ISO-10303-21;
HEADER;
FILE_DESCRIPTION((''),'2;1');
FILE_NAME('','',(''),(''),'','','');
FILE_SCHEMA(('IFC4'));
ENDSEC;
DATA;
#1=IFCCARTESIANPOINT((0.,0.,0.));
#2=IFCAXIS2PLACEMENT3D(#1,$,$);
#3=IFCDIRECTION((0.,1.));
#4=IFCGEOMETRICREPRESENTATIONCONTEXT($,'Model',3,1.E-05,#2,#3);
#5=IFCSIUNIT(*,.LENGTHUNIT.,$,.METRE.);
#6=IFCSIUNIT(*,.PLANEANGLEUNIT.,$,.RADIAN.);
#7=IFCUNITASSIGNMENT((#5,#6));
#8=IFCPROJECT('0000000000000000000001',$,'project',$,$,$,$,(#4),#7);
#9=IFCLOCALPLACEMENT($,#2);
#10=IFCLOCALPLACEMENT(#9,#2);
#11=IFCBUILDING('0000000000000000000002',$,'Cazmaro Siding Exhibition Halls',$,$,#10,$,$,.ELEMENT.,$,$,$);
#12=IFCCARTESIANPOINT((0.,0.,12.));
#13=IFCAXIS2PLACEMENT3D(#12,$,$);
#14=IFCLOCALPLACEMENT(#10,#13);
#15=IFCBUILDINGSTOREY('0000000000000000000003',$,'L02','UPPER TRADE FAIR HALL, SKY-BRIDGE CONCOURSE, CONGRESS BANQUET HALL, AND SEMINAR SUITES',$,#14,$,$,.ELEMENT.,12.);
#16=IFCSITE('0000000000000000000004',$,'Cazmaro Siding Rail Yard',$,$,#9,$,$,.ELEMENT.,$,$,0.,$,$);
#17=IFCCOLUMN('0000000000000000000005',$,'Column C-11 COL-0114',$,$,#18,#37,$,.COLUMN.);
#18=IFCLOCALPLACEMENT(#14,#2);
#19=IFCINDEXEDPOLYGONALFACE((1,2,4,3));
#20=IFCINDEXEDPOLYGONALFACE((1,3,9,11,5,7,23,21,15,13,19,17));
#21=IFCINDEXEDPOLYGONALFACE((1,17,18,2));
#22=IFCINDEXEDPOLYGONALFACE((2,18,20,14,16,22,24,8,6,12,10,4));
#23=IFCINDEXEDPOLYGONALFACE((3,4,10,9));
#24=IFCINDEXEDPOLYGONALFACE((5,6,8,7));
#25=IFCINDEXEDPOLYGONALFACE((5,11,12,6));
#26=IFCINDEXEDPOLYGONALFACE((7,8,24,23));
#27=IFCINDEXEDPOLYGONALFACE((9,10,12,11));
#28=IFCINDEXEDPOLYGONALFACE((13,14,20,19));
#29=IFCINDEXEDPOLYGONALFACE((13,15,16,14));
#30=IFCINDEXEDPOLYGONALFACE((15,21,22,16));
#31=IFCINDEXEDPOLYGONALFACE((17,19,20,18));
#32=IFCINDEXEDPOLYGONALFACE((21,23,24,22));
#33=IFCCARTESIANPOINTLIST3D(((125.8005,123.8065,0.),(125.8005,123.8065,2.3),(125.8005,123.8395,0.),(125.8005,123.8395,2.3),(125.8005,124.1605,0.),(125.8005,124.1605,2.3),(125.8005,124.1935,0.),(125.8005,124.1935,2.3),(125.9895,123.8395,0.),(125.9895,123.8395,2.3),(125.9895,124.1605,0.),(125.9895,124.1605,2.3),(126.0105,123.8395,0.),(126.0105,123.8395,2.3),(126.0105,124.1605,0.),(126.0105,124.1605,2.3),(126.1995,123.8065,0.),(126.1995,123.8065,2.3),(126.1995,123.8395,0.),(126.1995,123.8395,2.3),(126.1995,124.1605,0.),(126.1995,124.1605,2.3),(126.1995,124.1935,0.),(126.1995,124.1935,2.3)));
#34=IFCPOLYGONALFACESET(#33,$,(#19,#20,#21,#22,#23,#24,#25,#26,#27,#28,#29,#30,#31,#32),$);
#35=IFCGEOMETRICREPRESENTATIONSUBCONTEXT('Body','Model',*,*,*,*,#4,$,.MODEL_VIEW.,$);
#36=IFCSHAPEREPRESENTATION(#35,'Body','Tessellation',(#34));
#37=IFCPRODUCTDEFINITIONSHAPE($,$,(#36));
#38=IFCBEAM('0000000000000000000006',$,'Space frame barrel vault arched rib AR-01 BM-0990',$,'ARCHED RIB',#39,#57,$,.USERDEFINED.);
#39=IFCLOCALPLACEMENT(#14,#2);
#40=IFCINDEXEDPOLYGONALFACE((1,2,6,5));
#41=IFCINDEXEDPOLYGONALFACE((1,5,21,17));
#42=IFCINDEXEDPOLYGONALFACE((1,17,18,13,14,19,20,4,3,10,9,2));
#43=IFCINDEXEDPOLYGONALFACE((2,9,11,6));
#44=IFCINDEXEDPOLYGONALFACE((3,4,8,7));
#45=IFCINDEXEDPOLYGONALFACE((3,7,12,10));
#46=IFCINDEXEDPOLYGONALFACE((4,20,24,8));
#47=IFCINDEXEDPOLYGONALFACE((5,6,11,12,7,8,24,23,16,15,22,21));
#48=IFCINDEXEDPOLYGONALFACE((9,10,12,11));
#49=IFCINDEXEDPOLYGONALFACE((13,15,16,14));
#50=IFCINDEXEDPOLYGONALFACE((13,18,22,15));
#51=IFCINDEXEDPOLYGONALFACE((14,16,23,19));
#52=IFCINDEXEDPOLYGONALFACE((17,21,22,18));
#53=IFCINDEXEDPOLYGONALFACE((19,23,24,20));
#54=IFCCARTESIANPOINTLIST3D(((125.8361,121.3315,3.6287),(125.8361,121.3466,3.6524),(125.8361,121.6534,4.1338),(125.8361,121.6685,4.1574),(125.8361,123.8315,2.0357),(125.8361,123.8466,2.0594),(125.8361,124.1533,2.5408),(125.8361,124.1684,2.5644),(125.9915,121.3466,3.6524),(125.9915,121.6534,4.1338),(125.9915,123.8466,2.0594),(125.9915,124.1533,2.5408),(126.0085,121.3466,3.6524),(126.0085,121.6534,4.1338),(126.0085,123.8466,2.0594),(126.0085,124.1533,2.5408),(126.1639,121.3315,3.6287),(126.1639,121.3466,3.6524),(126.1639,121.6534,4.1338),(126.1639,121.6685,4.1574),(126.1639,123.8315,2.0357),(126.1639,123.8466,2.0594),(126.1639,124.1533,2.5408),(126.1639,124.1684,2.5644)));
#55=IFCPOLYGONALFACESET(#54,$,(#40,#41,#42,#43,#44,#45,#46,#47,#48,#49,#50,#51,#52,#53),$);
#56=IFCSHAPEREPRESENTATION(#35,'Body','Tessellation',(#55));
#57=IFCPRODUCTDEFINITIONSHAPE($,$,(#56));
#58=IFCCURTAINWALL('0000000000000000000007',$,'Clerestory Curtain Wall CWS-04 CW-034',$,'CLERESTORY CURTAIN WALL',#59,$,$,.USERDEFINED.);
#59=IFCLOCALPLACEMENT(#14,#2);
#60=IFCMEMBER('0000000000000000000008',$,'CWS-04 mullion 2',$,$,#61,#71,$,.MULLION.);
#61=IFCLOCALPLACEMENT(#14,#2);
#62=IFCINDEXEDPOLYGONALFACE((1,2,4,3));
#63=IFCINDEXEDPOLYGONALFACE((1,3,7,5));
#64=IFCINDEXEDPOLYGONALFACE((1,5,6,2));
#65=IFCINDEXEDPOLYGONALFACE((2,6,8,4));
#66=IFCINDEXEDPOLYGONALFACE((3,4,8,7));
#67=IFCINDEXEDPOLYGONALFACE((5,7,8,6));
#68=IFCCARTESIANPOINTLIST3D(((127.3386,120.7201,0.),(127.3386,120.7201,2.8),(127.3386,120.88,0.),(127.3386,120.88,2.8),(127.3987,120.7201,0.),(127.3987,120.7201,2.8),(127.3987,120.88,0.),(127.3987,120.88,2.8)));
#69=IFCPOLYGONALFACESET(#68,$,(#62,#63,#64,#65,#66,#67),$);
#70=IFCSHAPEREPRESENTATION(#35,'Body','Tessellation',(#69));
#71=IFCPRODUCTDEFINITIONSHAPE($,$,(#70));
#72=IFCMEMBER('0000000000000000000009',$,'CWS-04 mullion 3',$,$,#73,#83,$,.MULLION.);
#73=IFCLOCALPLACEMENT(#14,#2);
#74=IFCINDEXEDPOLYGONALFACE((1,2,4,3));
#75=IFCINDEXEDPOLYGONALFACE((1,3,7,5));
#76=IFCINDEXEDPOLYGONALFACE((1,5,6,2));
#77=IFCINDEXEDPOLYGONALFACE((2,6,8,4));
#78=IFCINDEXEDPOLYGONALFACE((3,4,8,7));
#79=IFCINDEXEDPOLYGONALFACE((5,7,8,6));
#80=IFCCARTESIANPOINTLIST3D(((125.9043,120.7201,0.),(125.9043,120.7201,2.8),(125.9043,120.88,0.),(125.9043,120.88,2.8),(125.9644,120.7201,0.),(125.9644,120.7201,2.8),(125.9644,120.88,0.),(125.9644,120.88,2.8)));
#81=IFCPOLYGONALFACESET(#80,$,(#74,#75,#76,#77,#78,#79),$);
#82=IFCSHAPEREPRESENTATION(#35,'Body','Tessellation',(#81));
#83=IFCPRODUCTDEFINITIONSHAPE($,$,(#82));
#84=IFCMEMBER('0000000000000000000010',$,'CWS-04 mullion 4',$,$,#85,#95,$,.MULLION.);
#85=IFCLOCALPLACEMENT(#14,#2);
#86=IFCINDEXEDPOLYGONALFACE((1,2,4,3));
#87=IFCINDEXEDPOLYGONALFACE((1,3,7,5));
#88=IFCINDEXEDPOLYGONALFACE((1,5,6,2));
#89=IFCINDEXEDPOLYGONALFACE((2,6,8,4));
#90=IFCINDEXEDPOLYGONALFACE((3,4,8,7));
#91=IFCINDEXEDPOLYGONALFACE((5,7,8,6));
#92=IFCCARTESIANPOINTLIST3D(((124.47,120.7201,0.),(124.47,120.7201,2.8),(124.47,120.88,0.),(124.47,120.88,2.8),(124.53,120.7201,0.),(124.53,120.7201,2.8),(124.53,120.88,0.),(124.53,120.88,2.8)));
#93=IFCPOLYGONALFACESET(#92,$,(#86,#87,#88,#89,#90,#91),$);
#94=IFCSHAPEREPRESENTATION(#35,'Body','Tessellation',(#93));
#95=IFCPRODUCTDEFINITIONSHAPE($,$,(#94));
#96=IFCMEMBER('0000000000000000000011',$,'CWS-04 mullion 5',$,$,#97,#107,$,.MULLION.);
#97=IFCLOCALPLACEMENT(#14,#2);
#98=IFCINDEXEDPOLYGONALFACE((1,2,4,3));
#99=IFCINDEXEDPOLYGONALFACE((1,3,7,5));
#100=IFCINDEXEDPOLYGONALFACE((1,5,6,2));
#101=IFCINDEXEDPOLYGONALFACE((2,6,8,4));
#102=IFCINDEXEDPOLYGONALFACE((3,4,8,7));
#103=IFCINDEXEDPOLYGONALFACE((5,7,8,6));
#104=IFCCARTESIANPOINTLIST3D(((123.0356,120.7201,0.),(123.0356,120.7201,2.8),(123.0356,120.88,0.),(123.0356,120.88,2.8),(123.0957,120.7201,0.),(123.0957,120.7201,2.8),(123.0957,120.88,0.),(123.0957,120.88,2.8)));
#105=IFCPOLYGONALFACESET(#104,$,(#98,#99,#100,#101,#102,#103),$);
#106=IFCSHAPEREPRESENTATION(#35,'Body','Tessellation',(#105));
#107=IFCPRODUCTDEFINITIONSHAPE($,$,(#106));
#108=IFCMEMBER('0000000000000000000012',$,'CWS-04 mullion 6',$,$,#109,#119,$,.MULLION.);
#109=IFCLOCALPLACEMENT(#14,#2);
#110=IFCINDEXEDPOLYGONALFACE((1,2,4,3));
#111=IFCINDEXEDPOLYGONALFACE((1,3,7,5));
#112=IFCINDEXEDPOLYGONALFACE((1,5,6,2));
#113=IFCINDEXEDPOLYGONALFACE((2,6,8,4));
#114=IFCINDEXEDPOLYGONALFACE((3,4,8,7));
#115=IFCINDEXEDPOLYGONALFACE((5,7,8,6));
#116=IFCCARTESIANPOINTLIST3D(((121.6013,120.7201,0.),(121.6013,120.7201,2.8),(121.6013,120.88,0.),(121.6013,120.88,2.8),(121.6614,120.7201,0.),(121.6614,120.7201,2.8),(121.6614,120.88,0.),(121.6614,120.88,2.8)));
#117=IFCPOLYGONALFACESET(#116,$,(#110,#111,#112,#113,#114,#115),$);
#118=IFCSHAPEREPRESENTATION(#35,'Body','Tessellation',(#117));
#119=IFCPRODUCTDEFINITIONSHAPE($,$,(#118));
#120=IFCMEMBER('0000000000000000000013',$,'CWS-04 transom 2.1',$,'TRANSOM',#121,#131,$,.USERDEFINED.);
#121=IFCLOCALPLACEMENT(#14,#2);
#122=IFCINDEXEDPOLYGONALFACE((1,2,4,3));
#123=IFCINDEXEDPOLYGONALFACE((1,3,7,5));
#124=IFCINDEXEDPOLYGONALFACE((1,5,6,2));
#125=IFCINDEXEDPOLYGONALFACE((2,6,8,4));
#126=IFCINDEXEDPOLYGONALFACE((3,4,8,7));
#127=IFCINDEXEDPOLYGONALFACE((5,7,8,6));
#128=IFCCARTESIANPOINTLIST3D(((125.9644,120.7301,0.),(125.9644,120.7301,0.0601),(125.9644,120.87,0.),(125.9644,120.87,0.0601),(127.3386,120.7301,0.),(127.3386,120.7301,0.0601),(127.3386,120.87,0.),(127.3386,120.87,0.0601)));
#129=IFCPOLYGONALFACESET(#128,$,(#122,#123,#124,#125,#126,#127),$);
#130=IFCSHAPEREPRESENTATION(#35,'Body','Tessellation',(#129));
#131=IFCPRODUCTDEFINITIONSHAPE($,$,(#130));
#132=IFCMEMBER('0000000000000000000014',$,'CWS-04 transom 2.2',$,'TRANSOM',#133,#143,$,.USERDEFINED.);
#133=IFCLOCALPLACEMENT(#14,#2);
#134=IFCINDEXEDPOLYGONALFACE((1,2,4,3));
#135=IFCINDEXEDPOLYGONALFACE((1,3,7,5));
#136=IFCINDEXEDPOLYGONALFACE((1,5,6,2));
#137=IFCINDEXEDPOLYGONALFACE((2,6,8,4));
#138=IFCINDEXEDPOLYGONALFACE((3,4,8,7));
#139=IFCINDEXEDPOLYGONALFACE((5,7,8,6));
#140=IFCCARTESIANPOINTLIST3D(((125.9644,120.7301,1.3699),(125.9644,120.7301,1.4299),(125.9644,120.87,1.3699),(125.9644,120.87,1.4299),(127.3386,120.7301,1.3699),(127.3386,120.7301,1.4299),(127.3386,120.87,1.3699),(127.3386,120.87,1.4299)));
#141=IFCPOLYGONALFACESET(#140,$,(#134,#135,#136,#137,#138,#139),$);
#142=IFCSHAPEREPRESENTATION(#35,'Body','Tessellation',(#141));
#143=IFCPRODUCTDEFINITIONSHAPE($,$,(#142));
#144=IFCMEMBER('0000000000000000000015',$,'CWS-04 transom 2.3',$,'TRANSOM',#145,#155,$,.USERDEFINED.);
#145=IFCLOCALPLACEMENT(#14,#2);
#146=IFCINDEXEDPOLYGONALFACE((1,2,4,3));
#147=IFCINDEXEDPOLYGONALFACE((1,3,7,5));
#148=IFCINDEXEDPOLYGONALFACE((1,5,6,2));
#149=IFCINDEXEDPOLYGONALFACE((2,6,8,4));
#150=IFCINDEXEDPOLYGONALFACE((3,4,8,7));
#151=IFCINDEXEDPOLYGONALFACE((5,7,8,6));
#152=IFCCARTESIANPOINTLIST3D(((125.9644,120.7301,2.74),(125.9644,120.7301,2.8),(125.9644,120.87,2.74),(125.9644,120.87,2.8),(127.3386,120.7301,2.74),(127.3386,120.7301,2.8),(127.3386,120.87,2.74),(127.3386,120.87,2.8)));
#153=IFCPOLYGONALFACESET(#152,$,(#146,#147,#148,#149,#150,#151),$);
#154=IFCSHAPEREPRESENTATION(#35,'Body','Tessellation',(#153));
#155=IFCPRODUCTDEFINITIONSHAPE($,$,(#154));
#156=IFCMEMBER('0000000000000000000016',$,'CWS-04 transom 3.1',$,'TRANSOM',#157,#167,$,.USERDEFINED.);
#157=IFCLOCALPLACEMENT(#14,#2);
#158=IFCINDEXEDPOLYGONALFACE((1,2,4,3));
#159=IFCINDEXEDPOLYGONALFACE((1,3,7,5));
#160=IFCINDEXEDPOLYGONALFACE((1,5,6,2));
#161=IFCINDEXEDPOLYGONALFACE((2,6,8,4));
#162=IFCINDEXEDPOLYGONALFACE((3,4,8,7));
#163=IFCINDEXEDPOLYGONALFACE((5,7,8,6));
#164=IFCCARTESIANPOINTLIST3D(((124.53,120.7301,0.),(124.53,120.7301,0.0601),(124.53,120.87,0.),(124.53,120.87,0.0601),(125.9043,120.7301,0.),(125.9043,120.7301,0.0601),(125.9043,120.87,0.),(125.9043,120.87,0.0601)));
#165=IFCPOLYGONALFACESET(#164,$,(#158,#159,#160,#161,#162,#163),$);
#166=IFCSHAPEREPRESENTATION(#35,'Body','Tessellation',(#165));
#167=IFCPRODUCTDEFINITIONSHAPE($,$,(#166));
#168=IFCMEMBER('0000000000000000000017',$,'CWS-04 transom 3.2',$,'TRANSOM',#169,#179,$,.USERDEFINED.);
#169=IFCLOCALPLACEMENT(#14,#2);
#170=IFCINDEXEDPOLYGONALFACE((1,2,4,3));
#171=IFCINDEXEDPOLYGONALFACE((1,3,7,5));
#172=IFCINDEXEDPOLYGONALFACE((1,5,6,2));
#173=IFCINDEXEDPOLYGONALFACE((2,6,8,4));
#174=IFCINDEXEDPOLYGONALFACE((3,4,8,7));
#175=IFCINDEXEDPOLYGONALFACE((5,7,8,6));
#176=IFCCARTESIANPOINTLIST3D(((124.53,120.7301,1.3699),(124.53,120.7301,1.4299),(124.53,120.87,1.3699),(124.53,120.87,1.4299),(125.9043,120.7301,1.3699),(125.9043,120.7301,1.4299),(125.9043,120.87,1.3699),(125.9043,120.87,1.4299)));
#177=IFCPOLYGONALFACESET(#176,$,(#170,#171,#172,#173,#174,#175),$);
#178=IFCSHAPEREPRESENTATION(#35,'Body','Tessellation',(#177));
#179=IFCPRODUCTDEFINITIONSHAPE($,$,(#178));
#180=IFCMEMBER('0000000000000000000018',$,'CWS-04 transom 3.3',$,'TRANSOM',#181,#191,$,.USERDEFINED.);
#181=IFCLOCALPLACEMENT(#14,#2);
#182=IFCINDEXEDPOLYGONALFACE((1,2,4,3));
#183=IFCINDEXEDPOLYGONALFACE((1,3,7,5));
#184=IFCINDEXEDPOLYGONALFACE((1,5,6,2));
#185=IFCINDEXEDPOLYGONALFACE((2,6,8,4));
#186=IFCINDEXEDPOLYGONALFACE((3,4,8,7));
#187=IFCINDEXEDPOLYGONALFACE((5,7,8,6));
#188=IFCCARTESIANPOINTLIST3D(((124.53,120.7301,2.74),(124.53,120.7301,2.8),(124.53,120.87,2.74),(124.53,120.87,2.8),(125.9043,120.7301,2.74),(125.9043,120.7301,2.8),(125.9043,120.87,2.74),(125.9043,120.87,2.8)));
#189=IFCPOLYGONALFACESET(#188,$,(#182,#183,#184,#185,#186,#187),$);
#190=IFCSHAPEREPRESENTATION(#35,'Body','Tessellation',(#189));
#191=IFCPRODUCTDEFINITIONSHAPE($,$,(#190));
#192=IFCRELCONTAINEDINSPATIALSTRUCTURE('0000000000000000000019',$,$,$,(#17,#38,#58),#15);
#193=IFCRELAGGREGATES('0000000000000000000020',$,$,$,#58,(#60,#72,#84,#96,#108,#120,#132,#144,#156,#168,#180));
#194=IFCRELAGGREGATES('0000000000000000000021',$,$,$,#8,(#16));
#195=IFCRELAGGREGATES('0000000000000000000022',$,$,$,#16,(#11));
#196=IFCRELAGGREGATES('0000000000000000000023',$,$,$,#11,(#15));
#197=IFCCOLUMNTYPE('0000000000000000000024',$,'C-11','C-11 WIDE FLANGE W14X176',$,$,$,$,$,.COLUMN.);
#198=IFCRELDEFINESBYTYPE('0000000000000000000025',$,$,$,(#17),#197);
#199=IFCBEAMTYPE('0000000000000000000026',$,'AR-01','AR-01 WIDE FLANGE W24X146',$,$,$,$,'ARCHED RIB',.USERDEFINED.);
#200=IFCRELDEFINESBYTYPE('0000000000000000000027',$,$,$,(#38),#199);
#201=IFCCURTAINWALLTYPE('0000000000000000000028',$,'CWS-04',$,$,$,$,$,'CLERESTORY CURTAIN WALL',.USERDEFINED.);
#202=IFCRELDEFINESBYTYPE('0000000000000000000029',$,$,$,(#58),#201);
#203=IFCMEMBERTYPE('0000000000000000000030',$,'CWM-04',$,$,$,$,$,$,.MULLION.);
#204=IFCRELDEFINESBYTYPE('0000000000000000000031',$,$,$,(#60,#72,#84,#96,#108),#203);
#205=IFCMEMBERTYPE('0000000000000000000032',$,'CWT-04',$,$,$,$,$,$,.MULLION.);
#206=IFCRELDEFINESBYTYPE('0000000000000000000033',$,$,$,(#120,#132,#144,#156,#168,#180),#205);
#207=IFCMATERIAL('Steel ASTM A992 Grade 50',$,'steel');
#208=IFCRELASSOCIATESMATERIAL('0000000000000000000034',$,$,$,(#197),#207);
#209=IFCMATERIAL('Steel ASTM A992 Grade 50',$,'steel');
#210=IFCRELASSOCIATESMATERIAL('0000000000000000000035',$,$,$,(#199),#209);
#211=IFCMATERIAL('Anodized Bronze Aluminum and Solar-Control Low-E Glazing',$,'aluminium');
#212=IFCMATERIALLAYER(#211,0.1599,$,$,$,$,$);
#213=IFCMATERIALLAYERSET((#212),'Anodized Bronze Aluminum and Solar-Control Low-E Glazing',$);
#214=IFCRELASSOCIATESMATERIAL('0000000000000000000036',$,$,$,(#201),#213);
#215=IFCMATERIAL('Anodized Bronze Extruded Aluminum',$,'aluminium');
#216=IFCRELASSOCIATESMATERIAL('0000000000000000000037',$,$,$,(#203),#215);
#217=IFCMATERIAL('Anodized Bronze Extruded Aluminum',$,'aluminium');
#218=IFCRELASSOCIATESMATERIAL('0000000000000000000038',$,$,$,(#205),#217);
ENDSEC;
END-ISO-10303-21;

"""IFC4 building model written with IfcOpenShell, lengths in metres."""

from ifc_helpers import new_model, si_unit, direction, frame, origin, origin_2d, place, context, subcontext, project, spatial, rectangle, i_section, extrude, material, layer, layer_set, material_profile, profile_set, type_object, element, aggregate, save


model = new_model("IFC4")

# Units and contexts
model_context = context("Model", 3, precision=1e-05, world=origin(), true_north=direction((0.0, 1.0)))
body_context = subcontext(model_context, "Body", "Model", "MODEL_VIEW")
ifc_project = project(units=[si_unit("LENGTHUNIT", "METRE"), si_unit("PLANEANGLEUNIT", "RADIAN")], contexts=[model_context])

# Site, building, storey
site_placement = place(None, origin())
site = spatial("IfcSite", under=ifc_project, at=site_placement, Name="Cazmaro Siding Rail Yard", CompositionType="ELEMENT", RefElevation=0.0)
building_placement = place(site_placement, origin())
building = spatial("IfcBuilding", under=site, at=building_placement, Name="Cazmaro Siding Exhibition Halls", CompositionType="ELEMENT")
storey_placement = place(building_placement, frame((0.0, 0.0, 12.0)))
storey = spatial("IfcBuildingStorey", under=building, at=storey_placement, Name="L02", Description="UPPER TRADE FAIR HALL, SKY-BRIDGE CONCOURSE, CONGRESS BANQUET HALL, AND SEMINAR SUITES", CompositionType="ELEMENT", Elevation=12.0)

# Column
ifc_material_1 = material(Name="Steel ASTM A992 Grade 50", Category="steel")
ifc_material_profile_1 = material_profile(ifc_material_1, i_section(OverallWidth=0.3989, OverallDepth=0.387, WebThickness=0.021, FlangeThickness=0.033, at=origin_2d()), Name="W14X176")
ifc_profile_set_1 = profile_set([ifc_material_profile_1], Name="Steel ASTM A992 Grade 50")
column_type = type_object("IfcColumnType", Name="C-11", Description="C-11 WIDE FLANGE W14X176", PredefinedType="COLUMN", material=ifc_profile_set_1)
column_placement = place(storey_placement, frame((126.0, 124.0, 0.0), z_axis=(0.0, 0.0, 1.0), x_axis=(1.0, 0.0, 0.0)))
element("IfcColumn", 1, at=column_placement, inside=storey, type_object=column_type, Name="Column C-11 COL-0114", PredefinedType="COLUMN", context=body_context, shape_type="SweptSolid", body=[
    extrude(i_section(OverallWidth=0.3989, OverallDepth=0.387, WebThickness=0.021, FlangeThickness=0.033, at=origin_2d()), origin(), (0.0, 0.0, 1.0), 2.3),
])

# Beam
ifc_material_2 = material(Name="Steel ASTM A992 Grade 50", Category="steel")
ifc_material_profile_2 = material_profile(ifc_material_2, i_section(OverallWidth=0.3279, OverallDepth=0.627, WebThickness=0.0171, FlangeThickness=0.0281, at=origin_2d()), Name="W24X146")
ifc_profile_set_2 = profile_set([ifc_material_profile_2], Name="Steel ASTM A992 Grade 50")
beam_type_1 = type_object("IfcBeamType", Name="AR-01", Description="AR-01 WIDE FLANGE W24X146", ElementType="ARCHED RIB", PredefinedType="USERDEFINED", material=ifc_profile_set_2)
beam_1_placement = place(storey_placement, frame((126.0, 121.5, 3.8931), z_axis=(0.0, 0.843339, -0.537382), x_axis=(-1.0, 0.0, 0.0)))
element("IfcBeam", 2, at=beam_1_placement, inside=storey, type_object=beam_type_1, Name="Space frame barrel vault arched rib AR-01 BM-0990", ObjectType="ARCHED RIB", PredefinedType="USERDEFINED", context=body_context, shape_type="SweptSolid", body=[
    extrude(i_section(OverallWidth=0.3279, OverallDepth=0.627, WebThickness=0.0171, FlangeThickness=0.0281, at=origin_2d()), origin(), (0.0, 0.0, 1.0), 2.9644),
])

# Curtain wall, members
ifc_material_3 = material(Name="Anodized Bronze Aluminum and Solar-Control Low-E Glazing", Category="aluminium")
ifc_layer_1 = layer(ifc_material_3, 0.1599)
ifc_layer_set_1 = layer_set([ifc_layer_1], Name="Anodized Bronze Aluminum and Solar-Control Low-E Glazing")
curtain_wall_type = type_object("IfcCurtainWallType", Name="CWS-04", ElementType="CLERESTORY CURTAIN WALL", PredefinedType="USERDEFINED", material=ifc_layer_set_1)
curtain_wall_placement = place(storey_placement, origin())
curtain_wall = element("IfcCurtainWall", 3, at=curtain_wall_placement, inside=storey, type_object=curtain_wall_type, Name="Clerestory Curtain Wall CWS-04 CW-034", ObjectType="CLERESTORY CURTAIN WALL", PredefinedType="USERDEFINED")
ifc_material_4 = material(Name="Anodized Bronze Extruded Aluminum", Category="aluminium")
ifc_material_profile_3 = material_profile(ifc_material_4, rectangle(XDim=0.1599, YDim=0.0601, at=origin_2d()), Name="CWM-04")
ifc_profile_set_3 = profile_set([ifc_material_profile_3], Name="Anodized Bronze Extruded Aluminum")
member_type_1 = type_object("IfcMemberType", Name="CWM-04", PredefinedType="MULLION", material=ifc_profile_set_3)
member_1_placement = place(storey_placement, frame((127.3687, 120.8, 0.0), z_axis=(0.0, 0.0, 1.0), x_axis=(0.0, -1.0, 0.0)))
member_1 = element("IfcMember", 4, at=member_1_placement, type_object=member_type_1, Name="CWS-04 mullion 2", PredefinedType="MULLION", context=body_context, shape_type="SweptSolid", body=[
    extrude(rectangle(XDim=0.1599, YDim=0.0601, at=origin_2d()), origin(), (0.0, 0.0, 1.0), 2.8),
])
member_2_placement = place(storey_placement, frame((125.9343, 120.8, 0.0), z_axis=(0.0, 0.0, 1.0), x_axis=(0.0, -1.0, 0.0)))
member_2 = element("IfcMember", 5, at=member_2_placement, type_object=member_type_1, Name="CWS-04 mullion 3", PredefinedType="MULLION", context=body_context, shape_type="SweptSolid", body=[
    extrude(rectangle(XDim=0.1599, YDim=0.0601, at=origin_2d()), origin(), (0.0, 0.0, 1.0), 2.8),
])
member_3_placement = place(storey_placement, frame((124.5, 120.8, 0.0), z_axis=(0.0, 0.0, 1.0), x_axis=(0.0, -1.0, 0.0)))
member_3 = element("IfcMember", 6, at=member_3_placement, type_object=member_type_1, Name="CWS-04 mullion 4", PredefinedType="MULLION", context=body_context, shape_type="SweptSolid", body=[
    extrude(rectangle(XDim=0.1599, YDim=0.0601, at=origin_2d()), origin(), (0.0, 0.0, 1.0), 2.8),
])
member_4_placement = place(storey_placement, frame((123.0657, 120.8, 0.0), z_axis=(0.0, 0.0, 1.0), x_axis=(0.0, -1.0, 0.0)))
member_4 = element("IfcMember", 7, at=member_4_placement, type_object=member_type_1, Name="CWS-04 mullion 5", PredefinedType="MULLION", context=body_context, shape_type="SweptSolid", body=[
    extrude(rectangle(XDim=0.1599, YDim=0.0601, at=origin_2d()), origin(), (0.0, 0.0, 1.0), 2.8),
])
member_5_placement = place(storey_placement, frame((121.6313, 120.8, 0.0), z_axis=(0.0, 0.0, 1.0), x_axis=(0.0, -1.0, 0.0)))
member_5 = element("IfcMember", 8, at=member_5_placement, type_object=member_type_1, Name="CWS-04 mullion 6", PredefinedType="MULLION", context=body_context, shape_type="SweptSolid", body=[
    extrude(rectangle(XDim=0.1599, YDim=0.0601, at=origin_2d()), origin(), (0.0, 0.0, 1.0), 2.8),
])
ifc_material_5 = material(Name="Anodized Bronze Extruded Aluminum", Category="aluminium")
ifc_material_profile_4 = material_profile(ifc_material_5, rectangle(XDim=0.1399, YDim=0.0601, at=origin_2d()), Name="CWT-04")
ifc_profile_set_4 = profile_set([ifc_material_profile_4], Name="Anodized Bronze Extruded Aluminum")
member_type_2 = type_object("IfcMemberType", Name="CWT-04", PredefinedType="MULLION", material=ifc_profile_set_4)
member_6_placement = place(storey_placement, frame((127.3386, 120.8, 0.03), z_axis=(-1.0, 0.0, 0.0), x_axis=(0.0, -1.0, 0.0)))
member_6 = element("IfcMember", 9, at=member_6_placement, type_object=member_type_2, Name="CWS-04 transom 2.1", ObjectType="TRANSOM", PredefinedType="USERDEFINED", context=body_context, shape_type="SweptSolid", body=[
    extrude(rectangle(XDim=0.1399, YDim=0.0601, at=origin_2d()), origin(), (0.0, 0.0, 1.0), 1.3743),
])
member_7_placement = place(storey_placement, frame((127.3386, 120.8, 1.3999), z_axis=(-1.0, 0.0, 0.0), x_axis=(0.0, -1.0, 0.0)))
member_7 = element("IfcMember", 10, at=member_7_placement, type_object=member_type_2, Name="CWS-04 transom 2.2", ObjectType="TRANSOM", PredefinedType="USERDEFINED", context=body_context, shape_type="SweptSolid", body=[
    extrude(rectangle(XDim=0.1399, YDim=0.0601, at=origin_2d()), origin(), (0.0, 0.0, 1.0), 1.3743),
])
member_8_placement = place(storey_placement, frame((127.3386, 120.8, 2.77), z_axis=(-1.0, 0.0, 0.0), x_axis=(0.0, -1.0, 0.0)))
member_8 = element("IfcMember", 11, at=member_8_placement, type_object=member_type_2, Name="CWS-04 transom 2.3", ObjectType="TRANSOM", PredefinedType="USERDEFINED", context=body_context, shape_type="SweptSolid", body=[
    extrude(rectangle(XDim=0.1399, YDim=0.0601, at=origin_2d()), origin(), (0.0, 0.0, 1.0), 1.3743),
])
member_9_placement = place(storey_placement, frame((125.9043, 120.8, 0.03), z_axis=(-1.0, 0.0, 0.0), x_axis=(0.0, -1.0, 0.0)))
member_9 = element("IfcMember", 12, at=member_9_placement, type_object=member_type_2, Name="CWS-04 transom 3.1", ObjectType="TRANSOM", PredefinedType="USERDEFINED", context=body_context, shape_type="SweptSolid", body=[
    extrude(rectangle(XDim=0.1399, YDim=0.0601, at=origin_2d()), origin(), (0.0, 0.0, 1.0), 1.3743),
])
member_10_placement = place(storey_placement, frame((125.9043, 120.8, 1.3999), z_axis=(-1.0, 0.0, 0.0), x_axis=(0.0, -1.0, 0.0)))
member_10 = element("IfcMember", 13, at=member_10_placement, type_object=member_type_2, Name="CWS-04 transom 3.2", ObjectType="TRANSOM", PredefinedType="USERDEFINED", context=body_context, shape_type="SweptSolid", body=[
    extrude(rectangle(XDim=0.1399, YDim=0.0601, at=origin_2d()), origin(), (0.0, 0.0, 1.0), 1.3743),
])
member_11_placement = place(storey_placement, frame((125.9043, 120.8, 2.77), z_axis=(-1.0, 0.0, 0.0), x_axis=(0.0, -1.0, 0.0)))
member_11 = element("IfcMember", 14, at=member_11_placement, type_object=member_type_2, Name="CWS-04 transom 3.3", ObjectType="TRANSOM", PredefinedType="USERDEFINED", context=body_context, shape_type="SweptSolid", body=[
    extrude(rectangle(XDim=0.1399, YDim=0.0601, at=origin_2d()), origin(), (0.0, 0.0, 1.0), 1.3743),
])

aggregate(curtain_wall, [member_1, member_2, member_3, member_4, member_5, member_6, member_7, member_8, member_9, member_10, member_11])

save(model, "model.ifc")
